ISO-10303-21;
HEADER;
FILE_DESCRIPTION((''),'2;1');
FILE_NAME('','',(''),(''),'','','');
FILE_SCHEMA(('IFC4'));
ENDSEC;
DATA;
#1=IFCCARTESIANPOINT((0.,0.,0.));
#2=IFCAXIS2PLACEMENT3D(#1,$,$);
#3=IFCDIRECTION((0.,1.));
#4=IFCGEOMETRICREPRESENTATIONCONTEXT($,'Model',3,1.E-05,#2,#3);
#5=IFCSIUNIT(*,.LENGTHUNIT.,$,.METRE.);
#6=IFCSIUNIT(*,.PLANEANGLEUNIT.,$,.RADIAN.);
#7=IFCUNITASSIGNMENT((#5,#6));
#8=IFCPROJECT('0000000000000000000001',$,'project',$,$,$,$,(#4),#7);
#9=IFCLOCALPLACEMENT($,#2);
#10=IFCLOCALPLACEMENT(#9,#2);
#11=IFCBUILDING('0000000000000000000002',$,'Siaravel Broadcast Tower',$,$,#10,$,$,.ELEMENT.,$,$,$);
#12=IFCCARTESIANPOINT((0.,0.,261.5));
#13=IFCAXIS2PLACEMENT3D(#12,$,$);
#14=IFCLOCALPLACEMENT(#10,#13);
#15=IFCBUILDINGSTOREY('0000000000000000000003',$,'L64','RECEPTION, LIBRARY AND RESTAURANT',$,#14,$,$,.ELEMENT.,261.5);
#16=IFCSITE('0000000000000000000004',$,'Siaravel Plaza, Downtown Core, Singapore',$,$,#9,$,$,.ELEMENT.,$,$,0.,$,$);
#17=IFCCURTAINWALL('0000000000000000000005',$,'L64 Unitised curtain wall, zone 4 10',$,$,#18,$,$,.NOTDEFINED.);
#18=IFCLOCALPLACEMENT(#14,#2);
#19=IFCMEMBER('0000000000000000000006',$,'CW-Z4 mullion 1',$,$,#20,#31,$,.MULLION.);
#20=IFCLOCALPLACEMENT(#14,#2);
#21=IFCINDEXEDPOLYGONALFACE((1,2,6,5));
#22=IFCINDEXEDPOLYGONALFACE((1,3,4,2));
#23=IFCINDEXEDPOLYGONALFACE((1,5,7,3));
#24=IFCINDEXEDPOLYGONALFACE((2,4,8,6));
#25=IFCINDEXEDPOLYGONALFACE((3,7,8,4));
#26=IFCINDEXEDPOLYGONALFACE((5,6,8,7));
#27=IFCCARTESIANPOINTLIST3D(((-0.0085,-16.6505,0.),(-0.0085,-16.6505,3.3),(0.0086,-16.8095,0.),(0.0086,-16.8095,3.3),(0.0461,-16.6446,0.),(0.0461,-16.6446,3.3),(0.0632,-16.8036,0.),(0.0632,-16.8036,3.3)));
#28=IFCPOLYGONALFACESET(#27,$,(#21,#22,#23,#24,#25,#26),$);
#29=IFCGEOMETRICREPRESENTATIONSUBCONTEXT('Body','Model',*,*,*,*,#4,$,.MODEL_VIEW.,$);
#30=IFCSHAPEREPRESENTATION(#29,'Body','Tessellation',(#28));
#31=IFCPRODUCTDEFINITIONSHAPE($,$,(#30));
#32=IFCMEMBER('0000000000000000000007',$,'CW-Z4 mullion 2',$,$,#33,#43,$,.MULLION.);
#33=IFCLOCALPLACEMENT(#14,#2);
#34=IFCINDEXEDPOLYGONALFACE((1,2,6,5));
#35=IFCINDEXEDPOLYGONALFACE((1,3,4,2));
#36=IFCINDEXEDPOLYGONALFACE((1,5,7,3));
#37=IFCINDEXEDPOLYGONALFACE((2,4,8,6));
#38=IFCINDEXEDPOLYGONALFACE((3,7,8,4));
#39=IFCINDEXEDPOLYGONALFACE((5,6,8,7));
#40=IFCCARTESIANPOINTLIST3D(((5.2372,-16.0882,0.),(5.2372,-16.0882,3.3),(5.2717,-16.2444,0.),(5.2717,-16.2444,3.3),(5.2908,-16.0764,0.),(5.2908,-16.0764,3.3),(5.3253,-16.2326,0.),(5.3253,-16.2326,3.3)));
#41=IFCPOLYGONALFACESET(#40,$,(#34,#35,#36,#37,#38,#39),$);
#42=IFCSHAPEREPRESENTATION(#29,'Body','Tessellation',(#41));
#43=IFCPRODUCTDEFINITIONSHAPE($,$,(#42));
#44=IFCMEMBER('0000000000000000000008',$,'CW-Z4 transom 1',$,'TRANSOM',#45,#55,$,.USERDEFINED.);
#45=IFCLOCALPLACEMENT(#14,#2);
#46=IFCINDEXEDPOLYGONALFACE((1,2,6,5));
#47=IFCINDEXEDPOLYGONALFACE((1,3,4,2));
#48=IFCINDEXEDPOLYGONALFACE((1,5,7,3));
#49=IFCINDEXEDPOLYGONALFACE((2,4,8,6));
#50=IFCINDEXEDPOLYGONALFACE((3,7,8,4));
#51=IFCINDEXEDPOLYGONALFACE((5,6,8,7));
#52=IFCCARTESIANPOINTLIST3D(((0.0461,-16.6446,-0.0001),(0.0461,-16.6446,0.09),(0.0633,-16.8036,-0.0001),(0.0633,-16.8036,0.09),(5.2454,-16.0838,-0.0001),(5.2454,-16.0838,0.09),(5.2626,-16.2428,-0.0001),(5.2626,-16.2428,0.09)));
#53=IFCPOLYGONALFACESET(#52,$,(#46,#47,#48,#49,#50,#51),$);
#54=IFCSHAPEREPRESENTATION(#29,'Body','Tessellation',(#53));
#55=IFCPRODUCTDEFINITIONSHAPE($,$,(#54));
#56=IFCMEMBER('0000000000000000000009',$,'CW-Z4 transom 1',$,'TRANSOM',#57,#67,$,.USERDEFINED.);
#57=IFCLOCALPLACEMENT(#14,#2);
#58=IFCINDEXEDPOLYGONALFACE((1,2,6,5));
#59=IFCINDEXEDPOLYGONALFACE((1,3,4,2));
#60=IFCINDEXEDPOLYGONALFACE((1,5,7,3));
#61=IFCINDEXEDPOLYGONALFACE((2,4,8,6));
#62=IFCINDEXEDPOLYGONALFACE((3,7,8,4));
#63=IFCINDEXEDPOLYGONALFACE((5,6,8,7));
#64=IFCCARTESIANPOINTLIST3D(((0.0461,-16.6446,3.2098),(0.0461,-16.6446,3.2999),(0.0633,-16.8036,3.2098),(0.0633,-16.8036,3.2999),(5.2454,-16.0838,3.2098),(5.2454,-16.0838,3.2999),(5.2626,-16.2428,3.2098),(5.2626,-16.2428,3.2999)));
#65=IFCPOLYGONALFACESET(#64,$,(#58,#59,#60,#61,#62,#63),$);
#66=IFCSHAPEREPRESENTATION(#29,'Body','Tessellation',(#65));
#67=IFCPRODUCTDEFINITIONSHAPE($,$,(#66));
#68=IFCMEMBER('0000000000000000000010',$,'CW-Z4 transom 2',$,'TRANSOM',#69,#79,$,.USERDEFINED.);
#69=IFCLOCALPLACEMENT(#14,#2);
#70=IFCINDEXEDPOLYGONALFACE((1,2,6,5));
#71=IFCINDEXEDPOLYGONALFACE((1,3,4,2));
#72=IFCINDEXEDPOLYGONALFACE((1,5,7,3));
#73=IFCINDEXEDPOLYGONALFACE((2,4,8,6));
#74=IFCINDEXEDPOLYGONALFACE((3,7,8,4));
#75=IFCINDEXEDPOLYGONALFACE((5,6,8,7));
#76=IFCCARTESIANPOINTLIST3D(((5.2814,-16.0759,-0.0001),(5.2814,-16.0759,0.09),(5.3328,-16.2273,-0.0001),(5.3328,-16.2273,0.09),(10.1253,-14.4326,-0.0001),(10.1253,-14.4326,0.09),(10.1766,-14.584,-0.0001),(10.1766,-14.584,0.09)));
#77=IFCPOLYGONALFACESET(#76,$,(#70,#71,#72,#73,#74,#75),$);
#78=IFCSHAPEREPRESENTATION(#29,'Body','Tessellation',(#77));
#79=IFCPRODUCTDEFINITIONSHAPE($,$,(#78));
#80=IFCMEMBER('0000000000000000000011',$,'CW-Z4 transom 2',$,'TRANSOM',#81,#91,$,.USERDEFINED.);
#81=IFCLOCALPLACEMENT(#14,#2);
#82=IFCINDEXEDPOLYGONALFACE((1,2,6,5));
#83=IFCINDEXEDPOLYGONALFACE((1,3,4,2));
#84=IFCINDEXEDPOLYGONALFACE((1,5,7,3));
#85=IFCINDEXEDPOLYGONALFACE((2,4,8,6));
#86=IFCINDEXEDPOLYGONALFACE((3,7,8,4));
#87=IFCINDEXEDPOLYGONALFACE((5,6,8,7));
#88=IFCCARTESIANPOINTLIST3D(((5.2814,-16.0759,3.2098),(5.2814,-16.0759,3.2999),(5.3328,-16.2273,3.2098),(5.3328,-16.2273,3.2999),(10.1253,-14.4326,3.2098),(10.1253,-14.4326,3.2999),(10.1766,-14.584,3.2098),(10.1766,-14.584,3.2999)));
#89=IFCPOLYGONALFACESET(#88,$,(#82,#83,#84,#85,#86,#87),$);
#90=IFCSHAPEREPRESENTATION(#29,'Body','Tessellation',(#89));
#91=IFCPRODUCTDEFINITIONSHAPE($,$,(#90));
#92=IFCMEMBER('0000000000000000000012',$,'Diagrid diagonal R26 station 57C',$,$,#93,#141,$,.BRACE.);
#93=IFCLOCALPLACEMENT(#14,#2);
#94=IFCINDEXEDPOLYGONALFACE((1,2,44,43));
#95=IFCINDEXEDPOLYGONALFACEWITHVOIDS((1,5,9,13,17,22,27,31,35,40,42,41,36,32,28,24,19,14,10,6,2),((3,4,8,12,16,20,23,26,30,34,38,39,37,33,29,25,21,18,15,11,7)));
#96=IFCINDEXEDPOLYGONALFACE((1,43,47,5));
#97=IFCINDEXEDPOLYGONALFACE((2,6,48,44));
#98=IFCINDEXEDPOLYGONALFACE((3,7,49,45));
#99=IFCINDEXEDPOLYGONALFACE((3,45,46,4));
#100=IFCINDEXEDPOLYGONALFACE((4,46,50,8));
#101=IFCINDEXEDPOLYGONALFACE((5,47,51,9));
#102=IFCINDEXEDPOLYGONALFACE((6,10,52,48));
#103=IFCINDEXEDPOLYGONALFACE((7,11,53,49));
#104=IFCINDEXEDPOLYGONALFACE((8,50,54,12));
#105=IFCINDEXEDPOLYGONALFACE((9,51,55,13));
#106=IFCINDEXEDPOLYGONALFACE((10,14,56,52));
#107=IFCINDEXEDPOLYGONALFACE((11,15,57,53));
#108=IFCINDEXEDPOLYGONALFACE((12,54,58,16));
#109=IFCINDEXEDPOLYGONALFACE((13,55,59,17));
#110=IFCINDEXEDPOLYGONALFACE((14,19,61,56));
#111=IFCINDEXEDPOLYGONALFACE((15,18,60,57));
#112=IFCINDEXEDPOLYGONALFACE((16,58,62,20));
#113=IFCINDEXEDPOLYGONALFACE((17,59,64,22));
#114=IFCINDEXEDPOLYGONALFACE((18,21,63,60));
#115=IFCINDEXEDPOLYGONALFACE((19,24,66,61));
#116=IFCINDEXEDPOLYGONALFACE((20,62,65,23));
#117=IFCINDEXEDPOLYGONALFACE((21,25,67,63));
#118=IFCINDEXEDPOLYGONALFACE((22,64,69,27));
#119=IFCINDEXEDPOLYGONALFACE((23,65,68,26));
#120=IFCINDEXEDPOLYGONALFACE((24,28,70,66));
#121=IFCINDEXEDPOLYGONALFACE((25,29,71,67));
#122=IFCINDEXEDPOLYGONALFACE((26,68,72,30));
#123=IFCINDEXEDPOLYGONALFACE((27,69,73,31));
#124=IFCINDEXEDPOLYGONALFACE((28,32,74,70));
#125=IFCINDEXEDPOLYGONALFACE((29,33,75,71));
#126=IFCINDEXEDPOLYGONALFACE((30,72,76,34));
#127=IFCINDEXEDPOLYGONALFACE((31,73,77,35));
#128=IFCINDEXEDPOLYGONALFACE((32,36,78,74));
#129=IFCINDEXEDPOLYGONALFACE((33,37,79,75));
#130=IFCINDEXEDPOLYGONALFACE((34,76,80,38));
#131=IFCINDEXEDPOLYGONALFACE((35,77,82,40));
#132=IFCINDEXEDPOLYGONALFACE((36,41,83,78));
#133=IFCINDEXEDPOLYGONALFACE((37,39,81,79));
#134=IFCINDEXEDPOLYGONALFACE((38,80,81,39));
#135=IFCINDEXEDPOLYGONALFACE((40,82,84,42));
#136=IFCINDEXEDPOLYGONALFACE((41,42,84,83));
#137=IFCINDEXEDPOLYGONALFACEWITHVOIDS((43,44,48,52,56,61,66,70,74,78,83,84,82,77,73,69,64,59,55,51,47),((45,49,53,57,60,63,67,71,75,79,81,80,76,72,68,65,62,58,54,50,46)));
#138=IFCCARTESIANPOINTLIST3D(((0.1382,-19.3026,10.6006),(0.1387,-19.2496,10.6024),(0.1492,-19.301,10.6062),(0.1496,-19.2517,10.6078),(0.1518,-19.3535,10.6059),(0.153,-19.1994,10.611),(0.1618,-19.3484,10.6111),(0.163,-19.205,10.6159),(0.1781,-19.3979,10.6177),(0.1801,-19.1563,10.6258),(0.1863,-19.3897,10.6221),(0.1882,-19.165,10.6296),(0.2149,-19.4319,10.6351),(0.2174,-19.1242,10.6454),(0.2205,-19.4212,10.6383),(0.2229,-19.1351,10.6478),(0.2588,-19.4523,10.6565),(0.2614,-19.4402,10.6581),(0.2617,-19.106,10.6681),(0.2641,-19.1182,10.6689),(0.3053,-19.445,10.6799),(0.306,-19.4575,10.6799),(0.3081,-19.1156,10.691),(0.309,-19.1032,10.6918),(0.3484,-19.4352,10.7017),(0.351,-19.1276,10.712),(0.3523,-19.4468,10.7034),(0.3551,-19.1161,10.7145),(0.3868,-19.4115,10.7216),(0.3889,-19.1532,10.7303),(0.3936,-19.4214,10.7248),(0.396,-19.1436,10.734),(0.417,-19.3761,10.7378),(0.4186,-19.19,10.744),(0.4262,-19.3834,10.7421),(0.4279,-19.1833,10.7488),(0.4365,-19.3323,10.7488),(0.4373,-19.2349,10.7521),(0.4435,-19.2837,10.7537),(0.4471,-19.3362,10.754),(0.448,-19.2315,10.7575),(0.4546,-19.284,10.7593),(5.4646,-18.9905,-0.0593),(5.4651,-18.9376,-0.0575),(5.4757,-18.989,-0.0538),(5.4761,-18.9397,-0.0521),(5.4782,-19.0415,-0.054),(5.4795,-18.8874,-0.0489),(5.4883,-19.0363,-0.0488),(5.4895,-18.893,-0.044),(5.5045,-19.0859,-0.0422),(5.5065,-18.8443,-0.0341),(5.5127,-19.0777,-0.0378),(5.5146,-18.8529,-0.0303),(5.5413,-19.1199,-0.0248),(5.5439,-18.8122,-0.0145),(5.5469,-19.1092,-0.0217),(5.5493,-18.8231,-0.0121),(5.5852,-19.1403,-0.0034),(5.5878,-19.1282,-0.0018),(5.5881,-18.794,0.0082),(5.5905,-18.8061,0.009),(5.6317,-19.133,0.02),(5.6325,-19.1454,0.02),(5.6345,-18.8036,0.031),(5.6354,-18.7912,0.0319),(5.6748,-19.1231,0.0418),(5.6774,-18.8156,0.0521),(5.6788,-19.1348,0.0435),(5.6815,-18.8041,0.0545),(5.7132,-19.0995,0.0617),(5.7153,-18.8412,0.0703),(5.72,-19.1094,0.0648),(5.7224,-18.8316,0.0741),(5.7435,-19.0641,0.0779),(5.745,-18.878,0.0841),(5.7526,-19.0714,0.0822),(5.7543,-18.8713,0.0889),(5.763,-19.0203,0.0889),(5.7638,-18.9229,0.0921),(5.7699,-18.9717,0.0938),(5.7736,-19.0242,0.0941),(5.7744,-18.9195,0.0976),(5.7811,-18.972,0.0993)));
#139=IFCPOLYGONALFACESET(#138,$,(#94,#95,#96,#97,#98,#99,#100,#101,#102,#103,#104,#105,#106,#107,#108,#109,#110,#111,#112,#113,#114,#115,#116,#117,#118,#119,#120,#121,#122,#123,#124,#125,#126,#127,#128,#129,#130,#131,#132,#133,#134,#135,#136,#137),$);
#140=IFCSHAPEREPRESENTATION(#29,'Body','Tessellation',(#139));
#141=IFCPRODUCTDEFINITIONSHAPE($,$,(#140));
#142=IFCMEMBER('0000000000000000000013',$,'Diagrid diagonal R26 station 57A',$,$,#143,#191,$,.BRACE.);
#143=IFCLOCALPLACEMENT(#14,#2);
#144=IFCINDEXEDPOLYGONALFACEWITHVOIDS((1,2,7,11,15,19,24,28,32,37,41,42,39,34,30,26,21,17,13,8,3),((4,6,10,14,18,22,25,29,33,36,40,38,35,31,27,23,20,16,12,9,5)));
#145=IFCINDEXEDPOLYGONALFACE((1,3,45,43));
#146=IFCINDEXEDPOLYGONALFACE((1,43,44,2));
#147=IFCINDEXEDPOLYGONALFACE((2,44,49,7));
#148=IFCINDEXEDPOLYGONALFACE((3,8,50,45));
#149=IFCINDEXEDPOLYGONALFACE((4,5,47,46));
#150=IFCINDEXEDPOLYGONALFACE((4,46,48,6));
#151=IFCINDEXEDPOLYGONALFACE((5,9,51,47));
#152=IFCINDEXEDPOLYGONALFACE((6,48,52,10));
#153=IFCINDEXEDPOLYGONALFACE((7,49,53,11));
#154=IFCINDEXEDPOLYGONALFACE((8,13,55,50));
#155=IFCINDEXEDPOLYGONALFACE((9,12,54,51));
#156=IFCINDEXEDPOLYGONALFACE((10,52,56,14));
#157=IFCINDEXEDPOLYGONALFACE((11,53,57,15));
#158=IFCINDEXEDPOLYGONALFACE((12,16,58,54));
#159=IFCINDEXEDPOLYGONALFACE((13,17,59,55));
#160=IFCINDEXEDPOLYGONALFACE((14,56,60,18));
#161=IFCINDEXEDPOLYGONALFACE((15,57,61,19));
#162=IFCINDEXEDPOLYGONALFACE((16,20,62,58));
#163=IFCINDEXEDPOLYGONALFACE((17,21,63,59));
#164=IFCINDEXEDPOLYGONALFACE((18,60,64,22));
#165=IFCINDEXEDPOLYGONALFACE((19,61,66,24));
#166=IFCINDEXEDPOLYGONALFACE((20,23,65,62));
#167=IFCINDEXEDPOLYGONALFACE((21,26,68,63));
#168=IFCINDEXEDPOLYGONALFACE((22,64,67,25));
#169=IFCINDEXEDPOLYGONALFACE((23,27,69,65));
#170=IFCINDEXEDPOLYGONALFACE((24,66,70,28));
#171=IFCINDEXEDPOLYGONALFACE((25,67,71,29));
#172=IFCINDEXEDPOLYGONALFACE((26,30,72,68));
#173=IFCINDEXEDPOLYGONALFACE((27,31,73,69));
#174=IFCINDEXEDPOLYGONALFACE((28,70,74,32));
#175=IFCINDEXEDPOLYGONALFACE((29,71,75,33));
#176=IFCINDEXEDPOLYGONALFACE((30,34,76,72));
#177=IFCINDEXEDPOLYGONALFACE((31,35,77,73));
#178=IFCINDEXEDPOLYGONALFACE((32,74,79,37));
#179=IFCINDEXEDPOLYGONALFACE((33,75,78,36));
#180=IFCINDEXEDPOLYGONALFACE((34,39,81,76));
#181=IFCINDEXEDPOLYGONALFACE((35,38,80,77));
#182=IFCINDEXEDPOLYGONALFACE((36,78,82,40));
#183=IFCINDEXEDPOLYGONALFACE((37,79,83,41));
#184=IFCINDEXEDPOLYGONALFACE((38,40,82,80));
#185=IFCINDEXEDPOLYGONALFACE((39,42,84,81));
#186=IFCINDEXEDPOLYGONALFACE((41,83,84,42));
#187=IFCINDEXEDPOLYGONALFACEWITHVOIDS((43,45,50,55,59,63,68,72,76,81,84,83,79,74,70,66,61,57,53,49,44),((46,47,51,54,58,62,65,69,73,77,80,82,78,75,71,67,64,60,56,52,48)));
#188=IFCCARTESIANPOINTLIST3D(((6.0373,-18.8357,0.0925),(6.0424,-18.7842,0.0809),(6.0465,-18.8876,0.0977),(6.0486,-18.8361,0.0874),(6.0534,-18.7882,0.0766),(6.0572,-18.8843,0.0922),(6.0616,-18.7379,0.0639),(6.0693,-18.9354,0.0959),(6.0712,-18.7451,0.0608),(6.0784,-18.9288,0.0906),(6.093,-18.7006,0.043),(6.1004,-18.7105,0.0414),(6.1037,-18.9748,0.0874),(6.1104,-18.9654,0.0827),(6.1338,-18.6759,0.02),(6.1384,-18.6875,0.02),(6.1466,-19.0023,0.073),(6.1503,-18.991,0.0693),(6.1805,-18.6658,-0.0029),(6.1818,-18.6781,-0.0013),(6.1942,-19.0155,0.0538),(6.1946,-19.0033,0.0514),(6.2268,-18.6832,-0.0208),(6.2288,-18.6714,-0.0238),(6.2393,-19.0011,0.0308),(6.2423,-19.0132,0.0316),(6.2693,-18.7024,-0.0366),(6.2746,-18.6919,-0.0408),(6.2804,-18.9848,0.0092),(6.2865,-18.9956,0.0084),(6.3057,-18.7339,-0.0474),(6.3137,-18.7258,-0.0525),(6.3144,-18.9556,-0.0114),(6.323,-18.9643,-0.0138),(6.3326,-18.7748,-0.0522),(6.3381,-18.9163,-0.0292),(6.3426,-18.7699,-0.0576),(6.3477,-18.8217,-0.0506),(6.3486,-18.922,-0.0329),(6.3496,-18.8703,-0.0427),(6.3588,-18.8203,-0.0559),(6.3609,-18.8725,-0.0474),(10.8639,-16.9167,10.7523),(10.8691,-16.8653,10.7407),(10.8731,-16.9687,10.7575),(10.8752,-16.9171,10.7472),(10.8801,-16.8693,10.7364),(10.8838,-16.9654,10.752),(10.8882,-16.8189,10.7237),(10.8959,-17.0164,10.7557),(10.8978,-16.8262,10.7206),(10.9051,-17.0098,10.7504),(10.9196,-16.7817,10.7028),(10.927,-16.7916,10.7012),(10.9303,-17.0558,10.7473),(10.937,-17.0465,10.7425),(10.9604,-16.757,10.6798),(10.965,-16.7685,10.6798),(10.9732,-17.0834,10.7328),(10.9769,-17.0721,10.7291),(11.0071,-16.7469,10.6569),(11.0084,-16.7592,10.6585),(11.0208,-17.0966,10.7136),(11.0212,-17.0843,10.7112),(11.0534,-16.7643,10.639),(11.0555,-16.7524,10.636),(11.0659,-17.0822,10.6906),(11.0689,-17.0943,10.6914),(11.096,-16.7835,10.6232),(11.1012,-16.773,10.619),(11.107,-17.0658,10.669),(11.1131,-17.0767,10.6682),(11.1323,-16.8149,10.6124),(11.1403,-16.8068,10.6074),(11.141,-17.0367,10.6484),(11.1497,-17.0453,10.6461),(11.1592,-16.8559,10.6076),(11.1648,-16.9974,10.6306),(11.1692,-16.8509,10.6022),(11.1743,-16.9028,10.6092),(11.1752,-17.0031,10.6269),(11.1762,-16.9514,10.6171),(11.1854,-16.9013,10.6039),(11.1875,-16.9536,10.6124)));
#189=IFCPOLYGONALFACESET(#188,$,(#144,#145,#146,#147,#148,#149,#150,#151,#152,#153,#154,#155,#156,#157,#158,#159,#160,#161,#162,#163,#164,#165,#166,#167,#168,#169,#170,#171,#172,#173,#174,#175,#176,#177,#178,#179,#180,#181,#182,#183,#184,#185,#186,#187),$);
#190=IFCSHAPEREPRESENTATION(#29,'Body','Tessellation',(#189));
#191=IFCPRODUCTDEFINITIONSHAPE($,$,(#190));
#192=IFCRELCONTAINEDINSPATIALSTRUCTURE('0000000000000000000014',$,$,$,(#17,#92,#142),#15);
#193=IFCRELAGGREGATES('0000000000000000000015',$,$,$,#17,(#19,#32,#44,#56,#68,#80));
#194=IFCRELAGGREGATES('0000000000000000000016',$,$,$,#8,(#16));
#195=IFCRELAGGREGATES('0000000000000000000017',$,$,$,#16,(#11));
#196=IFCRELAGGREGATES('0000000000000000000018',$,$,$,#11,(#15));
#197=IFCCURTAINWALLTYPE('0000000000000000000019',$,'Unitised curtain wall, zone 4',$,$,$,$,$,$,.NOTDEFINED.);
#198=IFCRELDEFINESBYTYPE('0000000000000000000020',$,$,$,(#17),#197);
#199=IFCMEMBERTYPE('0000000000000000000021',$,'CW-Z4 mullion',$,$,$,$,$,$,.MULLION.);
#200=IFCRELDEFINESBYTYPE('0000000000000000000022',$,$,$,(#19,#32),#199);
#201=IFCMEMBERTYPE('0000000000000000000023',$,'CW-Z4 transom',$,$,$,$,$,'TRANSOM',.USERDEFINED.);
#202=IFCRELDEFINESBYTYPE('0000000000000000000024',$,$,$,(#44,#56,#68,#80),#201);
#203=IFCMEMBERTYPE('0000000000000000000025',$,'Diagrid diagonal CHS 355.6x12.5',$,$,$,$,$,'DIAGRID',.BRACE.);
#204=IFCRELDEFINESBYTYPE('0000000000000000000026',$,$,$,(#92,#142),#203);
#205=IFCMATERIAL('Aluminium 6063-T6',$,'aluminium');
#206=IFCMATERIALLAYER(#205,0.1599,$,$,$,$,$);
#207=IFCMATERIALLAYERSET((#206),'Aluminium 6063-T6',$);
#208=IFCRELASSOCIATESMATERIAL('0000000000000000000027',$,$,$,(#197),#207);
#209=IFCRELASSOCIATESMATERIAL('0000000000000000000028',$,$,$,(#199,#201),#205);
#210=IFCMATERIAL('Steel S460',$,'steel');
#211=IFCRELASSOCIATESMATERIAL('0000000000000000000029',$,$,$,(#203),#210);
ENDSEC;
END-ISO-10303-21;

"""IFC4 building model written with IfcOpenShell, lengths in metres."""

from ifc_helpers import new_model, si_unit, direction, frame, origin, origin_2d, place, context, subcontext, project, spatial, rectangle, hollow_circle, extrude, material, layer, layer_set, material_profile, profile_set, type_object, element, aggregate, save


model = new_model("IFC4")

# Units and contexts
model_context = context("Model", 3, precision=1e-05, world=origin(), true_north=direction((0.0, 1.0)))
body_context = subcontext(model_context, "Body", "Model", "MODEL_VIEW")
ifc_project = project(units=[si_unit("LENGTHUNIT", "METRE"), si_unit("PLANEANGLEUNIT", "RADIAN")], contexts=[model_context])

# Site, building, storey
site_placement = place(None, origin())
site = spatial("IfcSite", under=ifc_project, at=site_placement, Name="Siaravel Plaza, Downtown Core, Singapore", CompositionType="ELEMENT", RefElevation=0.0)
building_placement = place(site_placement, origin())
building = spatial("IfcBuilding", under=site, at=building_placement, Name="Siaravel Broadcast Tower", CompositionType="ELEMENT")
storey_placement = place(building_placement, frame((0.0, 0.0, 261.5)))
storey = spatial("IfcBuildingStorey", under=building, at=storey_placement, Name="L64", Description="RECEPTION, LIBRARY AND RESTAURANT", CompositionType="ELEMENT", Elevation=261.5)

# Curtain wall, members
ifc_material_1 = material(Name="Aluminium 6063-T6", Category="aluminium")
ifc_layer_1 = layer(ifc_material_1, 0.1599)
ifc_layer_set_1 = layer_set([ifc_layer_1], Name="Aluminium 6063-T6")
curtain_wall_type = type_object("IfcCurtainWallType", Name="Unitised curtain wall, zone 4", PredefinedType="NOTDEFINED", material=ifc_layer_set_1)
curtain_wall_placement = place(storey_placement, origin())
curtain_wall = element("IfcCurtainWall", 1, at=curtain_wall_placement, inside=storey, type_object=curtain_wall_type, Name="L64 Unitised curtain wall, zone 4 10", PredefinedType="NOTDEFINED")
ifc_material_profile_1 = material_profile(ifc_material_1, rectangle(XDim=0.1599, YDim=0.0549, at=origin_2d()))
ifc_profile_set_1 = profile_set([ifc_material_profile_1], Name="Aluminium 6063-T6")
member_type_1 = type_object("IfcMemberType", Name="CW-Z4 mullion", PredefinedType="MULLION", material=ifc_profile_set_1)
member_1_placement = place(storey_placement, frame((0.0273, -16.7271, 0.0), z_axis=(0.0, 0.0, 1.0), x_axis=(-0.107218, 0.994236, 0.0)))
member_1 = element("IfcMember", 2, at=member_1_placement, type_object=member_type_1, Name="CW-Z4 mullion 1", PredefinedType="MULLION", context=body_context, shape_type="SweptSolid", body=[
    extrude(rectangle(XDim=0.1599, YDim=0.0549, at=origin_2d()), origin(), (0.0, 0.0, 1.0), 3.3),
])
member_2_placement = place(storey_placement, frame((5.2812, -16.1604, 0.0), z_axis=(0.0, 0.0, 1.0), x_axis=(-0.215559, 0.976491, 0.0)))
member_2 = element("IfcMember", 3, at=member_2_placement, type_object=member_type_1, Name="CW-Z4 mullion 2", PredefinedType="MULLION", context=body_context, shape_type="SweptSolid", body=[
    extrude(rectangle(XDim=0.1599, YDim=0.0549, at=origin_2d()), origin(), (0.0, 0.0, 1.0), 3.3),
])
ifc_material_profile_2 = material_profile(ifc_material_1, rectangle(XDim=0.1599, YDim=0.0901, at=origin_2d()))
ifc_profile_set_2 = profile_set([ifc_material_profile_2], Name="Aluminium 6063-T6")
member_type_2 = type_object("IfcMemberType", Name="CW-Z4 transom", ElementType="TRANSOM", PredefinedType="USERDEFINED", material=ifc_profile_set_2)
member_3_placement = place(storey_placement, frame((0.0547, -16.7241, 0.0449), z_axis=(0.994233, 0.107239, 0.0), x_axis=(-0.107239, 0.994233, 0.0)))
member_3 = element("IfcMember", 4, at=member_3_placement, type_object=member_type_2, Name="CW-Z4 transom 1", ObjectType="TRANSOM", PredefinedType="USERDEFINED", context=body_context, shape_type="SweptSolid", body=[
    extrude(rectangle(XDim=0.1599, YDim=0.0901, at=origin_2d()), origin(), (0.0, 0.0, 1.0), 5.2295),
])
member_4_placement = place(storey_placement, frame((0.0547, -16.7241, 3.2549), z_axis=(0.994233, 0.107239, 0.0), x_axis=(-0.107239, 0.994233, 0.0)))
member_4 = element("IfcMember", 5, at=member_4_placement, type_object=member_type_2, Name="CW-Z4 transom 1", ObjectType="TRANSOM", PredefinedType="USERDEFINED", context=body_context, shape_type="SweptSolid", body=[
    extrude(rectangle(XDim=0.1599, YDim=0.0901, at=origin_2d()), origin(), (0.0, 0.0, 1.0), 5.2295),
])
member_5_placement = place(storey_placement, frame((5.3071, -16.1516, 0.0449), z_axis=(0.946985, 0.321278, 0.0), x_axis=(-0.321278, 0.946985, 0.0)))
member_5 = element("IfcMember", 6, at=member_5_placement, type_object=member_type_2, Name="CW-Z4 transom 2", ObjectType="TRANSOM", PredefinedType="USERDEFINED", context=body_context, shape_type="SweptSolid", body=[
    extrude(rectangle(XDim=0.1599, YDim=0.0901, at=origin_2d()), origin(), (0.0, 0.0, 1.0), 5.115),
])
member_6_placement = place(storey_placement, frame((5.3071, -16.1516, 3.2549), z_axis=(0.946985, 0.321278, 0.0), x_axis=(-0.321278, 0.946985, 0.0)))
member_6 = element("IfcMember", 7, at=member_6_placement, type_object=member_type_2, Name="CW-Z4 transom 2", ObjectType="TRANSOM", PredefinedType="USERDEFINED", context=body_context, shape_type="SweptSolid", body=[
    extrude(rectangle(XDim=0.1599, YDim=0.0901, at=origin_2d()), origin(), (0.0, 0.0, 1.0), 5.115),
])

# Members
ifc_material_2 = material(Name="Steel S460", Category="steel")
ifc_material_profile_3 = material_profile(ifc_material_2, hollow_circle(Radius=0.1777, WallThickness=0.0125, at=origin_2d()))
ifc_profile_set_3 = profile_set([ifc_material_profile_3], Name="Steel S460")
member_type_3 = type_object("IfcMemberType", Name="Diagrid diagonal CHS 355.6x12.5", ElementType="DIAGRID", PredefinedType="BRACE", material=ifc_profile_set_3)
member_7_placement = place(storey_placement, frame((5.6221, -18.968, 0.02), z_axis=(-0.446823, -0.026174, 0.89424), x_axis=(0.058478, -0.998289, 0.0)))
element("IfcMember", 8, at=member_7_placement, inside=storey, type_object=member_type_3, Name="Diagrid diagonal R26 station 57C", PredefinedType="BRACE", context=body_context, shape_type="SweptSolid", body=[
    extrude(hollow_circle(Radius=0.1777, WallThickness=0.0125, at=origin_2d()), origin(), (0.0, 0.0, 1.0), 11.9207),
])
member_8_placement = place(storey_placement, frame((6.1995, -18.8411, 0.02), z_axis=(0.407037, 0.161827, 0.898962), x_axis=(-0.369445, 0.929253, 0.0)))
element("IfcMember", 9, at=member_8_placement, inside=storey, type_object=member_type_3, Name="Diagrid diagonal R26 station 57A", PredefinedType="BRACE", context=body_context, shape_type="SweptSolid", body=[
    extrude(hollow_circle(Radius=0.1777, WallThickness=0.0125, at=origin_2d()), origin(), (0.0, 0.0, 1.0), 11.8579),
])

aggregate(curtain_wall, [member_1, member_2, member_3, member_4, member_5, member_6])

save(model, "model.ifc")
